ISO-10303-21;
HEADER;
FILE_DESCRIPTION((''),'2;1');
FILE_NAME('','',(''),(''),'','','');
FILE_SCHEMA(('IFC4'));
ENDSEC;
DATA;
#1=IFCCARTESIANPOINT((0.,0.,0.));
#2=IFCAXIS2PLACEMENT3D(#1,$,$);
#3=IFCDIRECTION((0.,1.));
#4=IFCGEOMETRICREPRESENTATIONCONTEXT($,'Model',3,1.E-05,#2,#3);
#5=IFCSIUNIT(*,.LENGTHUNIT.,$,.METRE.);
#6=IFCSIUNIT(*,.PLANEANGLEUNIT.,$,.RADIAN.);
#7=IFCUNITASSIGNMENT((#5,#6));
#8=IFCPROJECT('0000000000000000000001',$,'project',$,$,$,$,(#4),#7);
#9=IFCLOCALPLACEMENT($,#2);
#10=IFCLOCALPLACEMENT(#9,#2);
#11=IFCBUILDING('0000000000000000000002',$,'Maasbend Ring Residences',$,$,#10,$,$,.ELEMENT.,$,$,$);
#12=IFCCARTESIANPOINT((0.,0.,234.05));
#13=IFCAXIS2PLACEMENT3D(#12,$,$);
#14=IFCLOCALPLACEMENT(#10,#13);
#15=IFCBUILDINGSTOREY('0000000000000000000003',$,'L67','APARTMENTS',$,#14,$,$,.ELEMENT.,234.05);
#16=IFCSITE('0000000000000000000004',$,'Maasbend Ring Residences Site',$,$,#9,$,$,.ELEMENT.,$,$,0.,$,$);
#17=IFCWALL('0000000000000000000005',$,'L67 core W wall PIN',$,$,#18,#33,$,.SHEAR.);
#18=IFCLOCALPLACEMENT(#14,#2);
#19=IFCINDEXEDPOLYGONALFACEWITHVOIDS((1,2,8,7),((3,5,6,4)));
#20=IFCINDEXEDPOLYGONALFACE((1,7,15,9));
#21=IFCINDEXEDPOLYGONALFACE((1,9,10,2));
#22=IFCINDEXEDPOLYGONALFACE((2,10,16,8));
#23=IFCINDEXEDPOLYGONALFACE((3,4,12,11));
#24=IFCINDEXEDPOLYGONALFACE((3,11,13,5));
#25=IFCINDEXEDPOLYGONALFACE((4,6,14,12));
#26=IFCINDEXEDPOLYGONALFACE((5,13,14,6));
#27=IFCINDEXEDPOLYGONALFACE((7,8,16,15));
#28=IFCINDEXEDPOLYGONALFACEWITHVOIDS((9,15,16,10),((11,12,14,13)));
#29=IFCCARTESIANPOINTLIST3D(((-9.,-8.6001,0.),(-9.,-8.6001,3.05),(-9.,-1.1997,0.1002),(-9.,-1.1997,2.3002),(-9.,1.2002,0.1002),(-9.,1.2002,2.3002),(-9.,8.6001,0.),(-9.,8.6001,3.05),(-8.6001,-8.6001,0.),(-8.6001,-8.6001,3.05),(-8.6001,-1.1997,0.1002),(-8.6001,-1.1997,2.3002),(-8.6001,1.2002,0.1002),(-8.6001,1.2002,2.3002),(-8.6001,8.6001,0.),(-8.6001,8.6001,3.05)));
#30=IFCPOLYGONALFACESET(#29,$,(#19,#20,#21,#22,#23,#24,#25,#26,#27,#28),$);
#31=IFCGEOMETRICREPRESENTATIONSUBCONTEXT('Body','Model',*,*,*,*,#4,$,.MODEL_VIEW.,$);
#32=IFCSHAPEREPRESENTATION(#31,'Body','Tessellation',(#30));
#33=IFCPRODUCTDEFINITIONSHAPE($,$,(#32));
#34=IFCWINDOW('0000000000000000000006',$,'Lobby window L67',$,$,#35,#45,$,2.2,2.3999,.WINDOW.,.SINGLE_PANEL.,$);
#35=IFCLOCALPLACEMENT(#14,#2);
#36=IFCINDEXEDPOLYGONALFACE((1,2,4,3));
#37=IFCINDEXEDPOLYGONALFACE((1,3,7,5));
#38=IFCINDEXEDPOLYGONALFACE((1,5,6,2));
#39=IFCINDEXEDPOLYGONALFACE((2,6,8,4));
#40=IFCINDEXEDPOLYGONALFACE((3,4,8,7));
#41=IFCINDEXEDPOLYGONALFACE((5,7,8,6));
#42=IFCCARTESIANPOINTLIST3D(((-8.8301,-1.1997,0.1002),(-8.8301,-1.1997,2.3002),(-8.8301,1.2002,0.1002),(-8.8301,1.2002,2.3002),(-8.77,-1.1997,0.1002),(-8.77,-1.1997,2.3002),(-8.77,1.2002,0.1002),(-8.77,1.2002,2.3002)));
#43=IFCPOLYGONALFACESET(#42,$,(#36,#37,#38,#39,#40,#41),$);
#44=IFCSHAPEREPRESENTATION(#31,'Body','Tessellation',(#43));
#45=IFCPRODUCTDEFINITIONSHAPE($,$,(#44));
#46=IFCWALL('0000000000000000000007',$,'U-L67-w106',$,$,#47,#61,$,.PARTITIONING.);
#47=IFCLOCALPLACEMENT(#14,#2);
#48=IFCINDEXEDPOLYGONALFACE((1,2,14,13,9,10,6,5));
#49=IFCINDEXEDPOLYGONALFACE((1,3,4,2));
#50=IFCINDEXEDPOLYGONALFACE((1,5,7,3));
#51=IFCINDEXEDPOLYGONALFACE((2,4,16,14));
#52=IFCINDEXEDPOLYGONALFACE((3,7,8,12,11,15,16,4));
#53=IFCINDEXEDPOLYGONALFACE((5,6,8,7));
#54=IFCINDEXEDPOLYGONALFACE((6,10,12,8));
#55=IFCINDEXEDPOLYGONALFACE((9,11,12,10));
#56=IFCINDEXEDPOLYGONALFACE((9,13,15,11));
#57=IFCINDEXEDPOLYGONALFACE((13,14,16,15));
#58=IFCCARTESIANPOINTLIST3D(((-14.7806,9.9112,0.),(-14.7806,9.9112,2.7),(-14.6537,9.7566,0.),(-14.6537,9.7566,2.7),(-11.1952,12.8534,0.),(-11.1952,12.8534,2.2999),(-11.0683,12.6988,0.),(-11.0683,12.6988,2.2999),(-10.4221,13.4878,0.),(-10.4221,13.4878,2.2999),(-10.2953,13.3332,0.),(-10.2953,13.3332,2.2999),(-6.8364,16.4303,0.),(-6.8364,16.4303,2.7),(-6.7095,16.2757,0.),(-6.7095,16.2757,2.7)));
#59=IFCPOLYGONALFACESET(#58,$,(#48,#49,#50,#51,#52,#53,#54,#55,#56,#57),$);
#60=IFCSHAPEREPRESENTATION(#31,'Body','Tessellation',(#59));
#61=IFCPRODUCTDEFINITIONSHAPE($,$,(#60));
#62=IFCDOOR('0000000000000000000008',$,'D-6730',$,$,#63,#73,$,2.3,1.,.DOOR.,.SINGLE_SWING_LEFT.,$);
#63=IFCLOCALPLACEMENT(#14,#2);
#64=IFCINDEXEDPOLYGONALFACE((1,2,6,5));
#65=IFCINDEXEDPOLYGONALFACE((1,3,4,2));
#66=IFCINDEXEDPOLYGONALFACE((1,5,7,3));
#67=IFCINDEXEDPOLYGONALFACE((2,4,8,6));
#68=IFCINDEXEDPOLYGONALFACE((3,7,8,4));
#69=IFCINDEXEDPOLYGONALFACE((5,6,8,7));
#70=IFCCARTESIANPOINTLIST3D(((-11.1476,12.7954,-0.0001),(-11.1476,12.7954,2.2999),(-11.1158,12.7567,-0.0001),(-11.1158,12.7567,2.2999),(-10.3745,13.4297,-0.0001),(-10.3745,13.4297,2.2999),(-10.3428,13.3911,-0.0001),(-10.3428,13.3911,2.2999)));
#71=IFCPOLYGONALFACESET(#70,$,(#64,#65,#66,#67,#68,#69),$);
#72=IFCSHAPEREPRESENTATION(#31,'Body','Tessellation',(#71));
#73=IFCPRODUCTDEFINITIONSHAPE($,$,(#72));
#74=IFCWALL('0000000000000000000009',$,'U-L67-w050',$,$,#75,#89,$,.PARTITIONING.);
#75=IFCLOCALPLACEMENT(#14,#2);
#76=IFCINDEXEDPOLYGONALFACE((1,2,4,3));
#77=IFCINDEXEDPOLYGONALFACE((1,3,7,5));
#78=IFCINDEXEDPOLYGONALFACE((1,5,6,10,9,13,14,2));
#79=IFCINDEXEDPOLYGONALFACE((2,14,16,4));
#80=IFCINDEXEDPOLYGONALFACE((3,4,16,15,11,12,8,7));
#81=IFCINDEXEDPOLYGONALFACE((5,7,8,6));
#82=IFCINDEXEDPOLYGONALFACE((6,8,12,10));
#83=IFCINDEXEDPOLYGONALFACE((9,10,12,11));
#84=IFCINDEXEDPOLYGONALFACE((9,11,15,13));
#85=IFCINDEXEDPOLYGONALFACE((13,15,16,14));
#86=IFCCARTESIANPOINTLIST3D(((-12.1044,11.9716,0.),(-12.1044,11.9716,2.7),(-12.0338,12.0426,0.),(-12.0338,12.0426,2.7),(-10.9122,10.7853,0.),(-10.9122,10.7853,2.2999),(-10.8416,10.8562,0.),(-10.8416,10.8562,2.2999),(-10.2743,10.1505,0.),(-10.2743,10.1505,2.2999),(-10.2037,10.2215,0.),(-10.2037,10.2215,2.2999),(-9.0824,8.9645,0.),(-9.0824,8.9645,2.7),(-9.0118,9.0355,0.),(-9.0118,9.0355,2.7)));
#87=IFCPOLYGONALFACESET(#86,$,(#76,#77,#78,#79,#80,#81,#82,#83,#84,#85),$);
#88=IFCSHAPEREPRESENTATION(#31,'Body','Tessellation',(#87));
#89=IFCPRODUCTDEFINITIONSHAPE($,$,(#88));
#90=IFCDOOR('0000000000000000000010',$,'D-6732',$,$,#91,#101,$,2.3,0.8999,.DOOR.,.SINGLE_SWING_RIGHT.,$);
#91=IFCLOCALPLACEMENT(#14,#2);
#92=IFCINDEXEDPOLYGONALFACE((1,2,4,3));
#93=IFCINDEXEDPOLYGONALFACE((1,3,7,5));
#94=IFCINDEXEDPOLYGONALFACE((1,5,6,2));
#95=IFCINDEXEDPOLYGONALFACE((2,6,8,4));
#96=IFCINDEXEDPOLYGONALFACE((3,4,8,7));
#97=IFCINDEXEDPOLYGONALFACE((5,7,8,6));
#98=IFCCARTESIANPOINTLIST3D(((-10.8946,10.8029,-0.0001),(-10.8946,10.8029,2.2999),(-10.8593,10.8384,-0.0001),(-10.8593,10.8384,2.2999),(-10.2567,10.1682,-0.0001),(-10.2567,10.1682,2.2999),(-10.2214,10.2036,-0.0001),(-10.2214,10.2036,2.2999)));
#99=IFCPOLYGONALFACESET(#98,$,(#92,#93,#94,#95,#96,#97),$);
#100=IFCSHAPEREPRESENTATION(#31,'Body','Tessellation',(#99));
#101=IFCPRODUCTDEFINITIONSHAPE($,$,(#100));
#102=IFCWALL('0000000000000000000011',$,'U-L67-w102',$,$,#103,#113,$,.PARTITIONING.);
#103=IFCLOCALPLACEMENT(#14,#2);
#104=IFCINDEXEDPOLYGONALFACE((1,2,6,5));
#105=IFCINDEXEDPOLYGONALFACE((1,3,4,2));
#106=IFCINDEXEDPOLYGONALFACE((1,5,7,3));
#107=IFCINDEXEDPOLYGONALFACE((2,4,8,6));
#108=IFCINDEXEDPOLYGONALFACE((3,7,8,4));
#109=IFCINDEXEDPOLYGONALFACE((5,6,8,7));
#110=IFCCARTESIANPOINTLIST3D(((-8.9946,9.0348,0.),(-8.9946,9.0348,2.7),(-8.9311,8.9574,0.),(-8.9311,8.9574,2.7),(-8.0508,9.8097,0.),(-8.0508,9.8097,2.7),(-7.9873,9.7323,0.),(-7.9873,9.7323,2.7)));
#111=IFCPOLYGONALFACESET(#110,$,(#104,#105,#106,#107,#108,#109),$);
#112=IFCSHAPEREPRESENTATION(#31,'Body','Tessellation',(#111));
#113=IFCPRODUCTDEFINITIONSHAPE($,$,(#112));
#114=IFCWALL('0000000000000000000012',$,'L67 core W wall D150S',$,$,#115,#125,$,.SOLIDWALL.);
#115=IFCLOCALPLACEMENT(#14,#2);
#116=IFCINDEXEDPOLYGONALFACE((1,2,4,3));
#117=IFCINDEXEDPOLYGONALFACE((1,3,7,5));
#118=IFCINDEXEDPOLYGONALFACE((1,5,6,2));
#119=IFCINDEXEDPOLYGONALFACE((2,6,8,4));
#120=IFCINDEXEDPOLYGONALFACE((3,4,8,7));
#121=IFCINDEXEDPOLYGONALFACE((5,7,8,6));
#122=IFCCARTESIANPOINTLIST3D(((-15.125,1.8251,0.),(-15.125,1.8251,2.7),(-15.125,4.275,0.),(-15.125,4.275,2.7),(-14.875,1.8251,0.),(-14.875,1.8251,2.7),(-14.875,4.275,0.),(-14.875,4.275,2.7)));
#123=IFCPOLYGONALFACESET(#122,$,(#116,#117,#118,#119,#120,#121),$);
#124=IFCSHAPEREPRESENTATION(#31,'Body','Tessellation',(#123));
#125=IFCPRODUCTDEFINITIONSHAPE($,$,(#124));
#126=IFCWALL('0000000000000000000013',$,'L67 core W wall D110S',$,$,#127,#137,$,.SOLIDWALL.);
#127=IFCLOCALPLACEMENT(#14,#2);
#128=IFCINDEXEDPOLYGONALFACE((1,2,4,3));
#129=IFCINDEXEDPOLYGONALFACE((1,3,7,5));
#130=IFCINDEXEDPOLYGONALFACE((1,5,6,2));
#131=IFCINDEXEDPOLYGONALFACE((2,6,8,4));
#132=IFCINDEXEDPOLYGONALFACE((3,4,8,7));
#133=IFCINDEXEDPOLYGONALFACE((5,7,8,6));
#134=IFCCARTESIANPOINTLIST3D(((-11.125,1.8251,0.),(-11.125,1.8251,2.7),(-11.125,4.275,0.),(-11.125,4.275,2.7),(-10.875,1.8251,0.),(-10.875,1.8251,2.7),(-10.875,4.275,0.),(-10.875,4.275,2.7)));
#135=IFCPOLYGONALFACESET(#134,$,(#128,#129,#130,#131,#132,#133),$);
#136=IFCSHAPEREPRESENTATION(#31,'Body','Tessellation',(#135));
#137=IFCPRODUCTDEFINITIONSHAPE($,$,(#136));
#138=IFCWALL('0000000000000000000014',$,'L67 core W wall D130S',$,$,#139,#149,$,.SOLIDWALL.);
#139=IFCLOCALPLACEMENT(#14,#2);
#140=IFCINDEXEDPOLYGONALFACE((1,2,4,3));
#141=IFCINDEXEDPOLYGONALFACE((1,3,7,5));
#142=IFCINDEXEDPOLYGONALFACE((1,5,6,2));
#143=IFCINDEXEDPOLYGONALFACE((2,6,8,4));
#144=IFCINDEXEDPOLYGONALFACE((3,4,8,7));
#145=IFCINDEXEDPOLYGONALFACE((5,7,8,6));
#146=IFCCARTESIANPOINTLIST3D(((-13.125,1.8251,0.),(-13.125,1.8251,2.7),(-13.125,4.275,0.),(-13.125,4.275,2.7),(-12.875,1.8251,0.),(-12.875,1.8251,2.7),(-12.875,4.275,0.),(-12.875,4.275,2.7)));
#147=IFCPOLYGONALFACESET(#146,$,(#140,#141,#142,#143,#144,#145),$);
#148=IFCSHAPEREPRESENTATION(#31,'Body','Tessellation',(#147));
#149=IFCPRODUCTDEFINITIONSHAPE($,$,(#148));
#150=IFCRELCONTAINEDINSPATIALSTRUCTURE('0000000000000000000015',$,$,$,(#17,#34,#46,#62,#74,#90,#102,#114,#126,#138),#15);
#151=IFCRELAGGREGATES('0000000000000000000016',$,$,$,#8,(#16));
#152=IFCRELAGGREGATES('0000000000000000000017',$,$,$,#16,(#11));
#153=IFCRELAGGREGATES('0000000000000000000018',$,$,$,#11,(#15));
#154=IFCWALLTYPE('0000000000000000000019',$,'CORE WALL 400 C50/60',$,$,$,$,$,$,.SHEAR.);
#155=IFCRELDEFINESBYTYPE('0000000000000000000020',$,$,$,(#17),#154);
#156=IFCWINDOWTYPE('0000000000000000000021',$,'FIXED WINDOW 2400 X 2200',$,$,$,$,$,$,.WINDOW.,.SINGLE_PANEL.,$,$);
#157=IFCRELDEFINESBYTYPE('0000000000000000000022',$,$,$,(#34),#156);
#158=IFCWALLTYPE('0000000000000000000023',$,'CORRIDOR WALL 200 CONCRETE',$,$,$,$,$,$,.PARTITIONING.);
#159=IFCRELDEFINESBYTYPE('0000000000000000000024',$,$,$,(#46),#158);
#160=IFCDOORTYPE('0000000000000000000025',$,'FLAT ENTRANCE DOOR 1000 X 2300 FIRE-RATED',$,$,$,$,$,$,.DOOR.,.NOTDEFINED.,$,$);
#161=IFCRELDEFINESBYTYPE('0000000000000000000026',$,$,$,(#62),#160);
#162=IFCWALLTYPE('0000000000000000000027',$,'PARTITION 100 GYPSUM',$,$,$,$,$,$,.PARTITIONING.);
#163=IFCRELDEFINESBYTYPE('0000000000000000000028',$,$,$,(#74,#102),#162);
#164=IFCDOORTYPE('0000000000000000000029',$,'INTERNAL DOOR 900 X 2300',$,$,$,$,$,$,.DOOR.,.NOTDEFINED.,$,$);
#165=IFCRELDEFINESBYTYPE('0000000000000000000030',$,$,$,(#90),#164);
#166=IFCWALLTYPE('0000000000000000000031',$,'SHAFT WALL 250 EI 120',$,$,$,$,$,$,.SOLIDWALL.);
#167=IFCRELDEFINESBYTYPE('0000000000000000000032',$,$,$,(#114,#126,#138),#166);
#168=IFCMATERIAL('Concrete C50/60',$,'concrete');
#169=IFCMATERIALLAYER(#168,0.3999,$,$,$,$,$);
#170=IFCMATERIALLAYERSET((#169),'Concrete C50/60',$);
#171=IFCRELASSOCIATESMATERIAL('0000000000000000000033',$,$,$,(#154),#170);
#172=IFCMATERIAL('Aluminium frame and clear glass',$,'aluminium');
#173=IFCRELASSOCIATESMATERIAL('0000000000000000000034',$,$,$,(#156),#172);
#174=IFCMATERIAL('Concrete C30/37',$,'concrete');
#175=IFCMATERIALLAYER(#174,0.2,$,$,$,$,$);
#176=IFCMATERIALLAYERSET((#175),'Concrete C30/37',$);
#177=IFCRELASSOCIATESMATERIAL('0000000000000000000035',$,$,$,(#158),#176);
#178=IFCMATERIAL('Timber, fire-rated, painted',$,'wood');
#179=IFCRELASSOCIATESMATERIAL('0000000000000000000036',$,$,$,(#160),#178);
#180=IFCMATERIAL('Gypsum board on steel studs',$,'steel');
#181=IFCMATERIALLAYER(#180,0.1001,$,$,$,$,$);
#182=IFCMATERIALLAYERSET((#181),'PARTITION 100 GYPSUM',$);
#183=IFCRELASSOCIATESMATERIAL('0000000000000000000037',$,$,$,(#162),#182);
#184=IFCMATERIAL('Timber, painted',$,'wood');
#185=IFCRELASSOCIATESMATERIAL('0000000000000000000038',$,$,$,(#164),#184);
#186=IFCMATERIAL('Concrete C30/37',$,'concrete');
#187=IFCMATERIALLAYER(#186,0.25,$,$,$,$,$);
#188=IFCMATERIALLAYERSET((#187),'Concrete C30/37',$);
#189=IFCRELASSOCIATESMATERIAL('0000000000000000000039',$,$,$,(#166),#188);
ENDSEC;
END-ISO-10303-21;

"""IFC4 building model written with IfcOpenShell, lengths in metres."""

from ifc_helpers import new_model, si_unit, direction, frame, frame_2d, origin, place, context, subcontext, project, spatial, rectangle, extrude, material, layer, layer_set, type_object, element, fill, save


model = new_model("IFC4")

# Units and contexts
model_context = context("Model", 3, precision=1e-05, world=origin(), true_north=direction((0.0, 1.0)))
body_context = subcontext(model_context, "Body", "Model", "MODEL_VIEW")
ifc_project = project(units=[si_unit("LENGTHUNIT", "METRE"), si_unit("PLANEANGLEUNIT", "RADIAN")], contexts=[model_context])

# Site, building, storey
site_placement = place(None, origin())
site = spatial("IfcSite", under=ifc_project, at=site_placement, Name="Maasbend Ring Residences Site", CompositionType="ELEMENT", RefElevation=0.0)
building_placement = place(site_placement, origin())
building = spatial("IfcBuilding", under=site, at=building_placement, Name="Maasbend Ring Residences", CompositionType="ELEMENT")
storey_placement = place(building_placement, frame((0.0, 0.0, 234.05)))
storey = spatial("IfcBuildingStorey", under=building, at=storey_placement, Name="L67", Description="APARTMENTS", CompositionType="ELEMENT", Elevation=234.05)

# Shared definitions
ifc_material_1 = material(Name="Concrete C50/60", Category="concrete")
ifc_layer_1 = layer(ifc_material_1, 0.3999)
ifc_layer_set_1 = layer_set([ifc_layer_1], Name="Concrete C50/60")
wall_type_1 = type_object("IfcWallType", Name="CORE WALL 400 C50/60", PredefinedType="SHEAR", material=ifc_layer_set_1)

# Wall, opening, window
wall_1_placement = place(storey_placement, frame((-8.8, 8.6001, 0.0), z_axis=(0.0, 0.0, 1.0), x_axis=(0.0, -1.0, 0.0)))
wall_1 = element("IfcWall", 1, at=wall_1_placement, inside=storey, type_object=wall_type_1, Name="L67 core W wall PIN", PredefinedType="SHEAR", context=body_context, shape_type="SweptSolid", body=[
    extrude(rectangle(XDim=17.2002, YDim=0.3999, at=frame_2d((8.6001, 0.0))), origin(), (0.0, 0.0, 1.0), 3.05),
])
opening_1_placement = place(wall_1_placement, frame((7.3999, 0.0, 0.1001)))
opening_1 = element("IfcOpeningElement", 2, at=opening_1_placement, cuts=wall_1, PredefinedType="OPENING", context=body_context, shape_type="SweptSolid", body=[
    extrude(rectangle(XDim=2.3999, YDim=2.2, at=frame_2d((1.2, 1.1001))), frame((0.0, 0.21, 0.0), z_axis=(0.0, -1.0, 0.0), x_axis=(1.0, 0.0, 0.0)), (0.0, 0.0, 1.0), 0.4199),
])
ifc_material_2 = material(Name="Aluminium frame and clear glass", Category="aluminium")
window_type = type_object("IfcWindowType", Name="FIXED WINDOW 2400 X 2200", PartitioningType="SINGLE_PANEL", PredefinedType="WINDOW", material=ifc_material_2)
window_placement = place(opening_1_placement, origin())
window = element("IfcWindow", 3, at=window_placement, inside=storey, type_object=window_type, Name="Lobby window L67", OverallHeight=2.2, OverallWidth=2.3999, PartitioningType="SINGLE_PANEL", PredefinedType="WINDOW", context=body_context, shape_type="SweptSolid", body=[
    extrude(rectangle(XDim=2.3999, YDim=2.2, at=frame_2d((1.2, 1.1001))), frame((0.0, 0.03, 0.0), z_axis=(0.0, -1.0, 0.0), x_axis=(1.0, 0.0, 0.0)), (0.0, 0.0, 1.0), 0.0601),
])
fill(opening_1, window)

# Walls, openings, doors
ifc_material_3 = material(Name="Concrete C30/37", Category="concrete")
ifc_layer_2 = layer(ifc_material_3, 0.2)
ifc_layer_set_2 = layer_set([ifc_layer_2], Name="Concrete C30/37")
wall_type_2 = type_object("IfcWallType", Name="CORRIDOR WALL 200 CONCRETE", PredefinedType="PARTITIONING", material=ifc_layer_set_2)
wall_2_placement = place(storey_placement, frame((-14.717, 9.834, 0.0), z_axis=(0.0, 0.0, 1.0), x_axis=(0.773035, 0.634364, 0.0)))
wall_2 = element("IfcWall", 4, at=wall_2_placement, inside=storey, type_object=wall_type_2, Name="U-L67-w106", PredefinedType="PARTITIONING", context=body_context, shape_type="SweptSolid", body=[
    extrude(rectangle(XDim=10.2766, YDim=0.2, at=frame_2d((5.1382, 0.0))), origin(), (0.0, 0.0, 1.0), 2.7),
])
opening_2_placement = place(wall_2_placement, frame((4.6379, 0.0, 0.0)))
opening_2 = element("IfcOpeningElement", 5, at=opening_2_placement, cuts=wall_2, PredefinedType="OPENING", context=body_context, shape_type="SweptSolid", body=[
    extrude(rectangle(XDim=1.0, YDim=2.3, at=frame_2d((0.5, 1.1499))), frame((0.0, 0.1099, 0.0), z_axis=(0.0, -1.0, 0.0), x_axis=(1.0, 0.0, 0.0)), (0.0, 0.0, 1.0), 0.22),
])
ifc_material_4 = material(Name="Timber, fire-rated, painted", Category="wood")
door_type_1 = type_object("IfcDoorType", Name="FLAT ENTRANCE DOOR 1000 X 2300 FIRE-RATED", OperationType="NOTDEFINED", PredefinedType="DOOR", material=ifc_material_4)
door_1_placement = place(opening_2_placement, origin())
door_1 = element("IfcDoor", 6, at=door_1_placement, inside=storey, type_object=door_type_1, Name="D-6730", OperationType="SINGLE_SWING_LEFT", OverallHeight=2.3, OverallWidth=1.0, PredefinedType="DOOR", context=body_context, shape_type="SweptSolid", body=[
    extrude(rectangle(XDim=1.0, YDim=2.3, at=frame_2d((0.5, 1.1499))), frame((0.0, 0.0249, 0.0), z_axis=(0.0, -1.0, 0.0), x_axis=(1.0, 0.0, 0.0)), (0.0, 0.0, 1.0), 0.05),
])
fill(opening_2, door_1)
ifc_material_5 = material(Name="Gypsum board on steel studs", Category="steel")
ifc_layer_3 = layer(ifc_material_5, 0.1001)
ifc_layer_set_3 = layer_set([ifc_layer_3], Name="PARTITION 100 GYPSUM")
wall_type_3 = type_object("IfcWallType", Name="PARTITION 100 GYPSUM", PredefinedType="PARTITIONING", material=ifc_layer_set_3)
wall_3_placement = place(storey_placement, frame((-12.0691, 12.0071, 0.0), z_axis=(0.0, 0.0, 1.0), x_axis=(0.708851, -0.705358, 0.0)))
wall_3 = element("IfcWall", 7, at=wall_3_placement, inside=storey, type_object=wall_type_3, Name="U-L67-w050", PredefinedType="PARTITIONING", context=body_context, shape_type="SweptSolid", body=[
    extrude(rectangle(XDim=4.2632, YDim=0.1001, at=frame_2d((2.1316, 0.0))), origin(), (0.0, 0.0, 1.0), 2.7),
])
opening_3_placement = place(wall_3_placement, frame((1.6819, 0.0, 0.0)))
opening_3 = element("IfcOpeningElement", 8, at=opening_3_placement, cuts=wall_3, PredefinedType="OPENING", context=body_context, shape_type="SweptSolid", body=[
    extrude(rectangle(XDim=0.8999, YDim=2.3, at=frame_2d((0.45, 1.1499))), frame((0.0, 0.0601, 0.0), z_axis=(0.0, -1.0, 0.0), x_axis=(1.0, 0.0, 0.0)), (0.0, 0.0, 1.0), 0.1201),
])
ifc_material_6 = material(Name="Timber, painted", Category="wood")
door_type_2 = type_object("IfcDoorType", Name="INTERNAL DOOR 900 X 2300", OperationType="NOTDEFINED", PredefinedType="DOOR", material=ifc_material_6)
door_2_placement = place(opening_3_placement, origin())
door_2 = element("IfcDoor", 9, at=door_2_placement, inside=storey, type_object=door_type_2, Name="D-6732", OperationType="SINGLE_SWING_RIGHT", OverallHeight=2.3, OverallWidth=0.8999, PredefinedType="DOOR", context=body_context, shape_type="SweptSolid", body=[
    extrude(rectangle(XDim=0.8999, YDim=2.3, at=frame_2d((0.45, 1.1499))), frame((0.0, 0.0249, 0.0), z_axis=(0.0, -1.0, 0.0), x_axis=(1.0, 0.0, 0.0)), (0.0, 0.0, 1.0), 0.05),
])
fill(opening_3, door_2)

# Walls
wall_4_placement = place(storey_placement, frame((-8.9629, 8.9961, 0.0), z_axis=(0.0, 0.0, 1.0), x_axis=(0.772887, 0.634543, 0.0)))
element("IfcWall", 10, at=wall_4_placement, inside=storey, type_object=wall_type_3, Name="U-L67-w102", PredefinedType="PARTITIONING", context=body_context, shape_type="SweptSolid", body=[
    extrude(rectangle(XDim=1.2212, YDim=0.1001, at=frame_2d((0.6106, 0.0))), origin(), (0.0, 0.0, 1.0), 2.7),
])
ifc_material_7 = material(Name="Concrete C30/37", Category="concrete")
ifc_layer_4 = layer(ifc_material_7, 0.25)
ifc_layer_set_4 = layer_set([ifc_layer_4], Name="Concrete C30/37")
wall_type_4 = type_object("IfcWallType", Name="SHAFT WALL 250 EI 120", PredefinedType="SOLIDWALL", material=ifc_layer_set_4)
for number, where, z_axis, x_axis, name in (
    (11, (-15.0, 1.825, 0.0), (0.0, 0.0, 1.0), (0.0, 1.0, 0.0), "L67 core W wall D150S"),
    (12, (-11.0, 1.825, 0.0), (0.0, 0.0, 1.0), (0.0, 1.0, 0.0), "L67 core W wall D110S"),
    (13, (-13.0, 1.825, 0.0), (0.0, 0.0, 1.0), (0.0, 1.0, 0.0), "L67 core W wall D130S"),
):
    element("IfcWall", number, at=place(storey_placement, frame(where, z_axis=z_axis, x_axis=x_axis)), inside=storey, type_object=wall_type_4, Name=name, PredefinedType="SOLIDWALL", context=body_context, shape_type="SweptSolid", body=[
        extrude(rectangle(XDim=2.45, YDim=0.25, at=frame_2d((1.2251, 0.0))), origin(), (0.0, 0.0, 1.0), 2.7),
    ])

save(model, "model.ifc")
